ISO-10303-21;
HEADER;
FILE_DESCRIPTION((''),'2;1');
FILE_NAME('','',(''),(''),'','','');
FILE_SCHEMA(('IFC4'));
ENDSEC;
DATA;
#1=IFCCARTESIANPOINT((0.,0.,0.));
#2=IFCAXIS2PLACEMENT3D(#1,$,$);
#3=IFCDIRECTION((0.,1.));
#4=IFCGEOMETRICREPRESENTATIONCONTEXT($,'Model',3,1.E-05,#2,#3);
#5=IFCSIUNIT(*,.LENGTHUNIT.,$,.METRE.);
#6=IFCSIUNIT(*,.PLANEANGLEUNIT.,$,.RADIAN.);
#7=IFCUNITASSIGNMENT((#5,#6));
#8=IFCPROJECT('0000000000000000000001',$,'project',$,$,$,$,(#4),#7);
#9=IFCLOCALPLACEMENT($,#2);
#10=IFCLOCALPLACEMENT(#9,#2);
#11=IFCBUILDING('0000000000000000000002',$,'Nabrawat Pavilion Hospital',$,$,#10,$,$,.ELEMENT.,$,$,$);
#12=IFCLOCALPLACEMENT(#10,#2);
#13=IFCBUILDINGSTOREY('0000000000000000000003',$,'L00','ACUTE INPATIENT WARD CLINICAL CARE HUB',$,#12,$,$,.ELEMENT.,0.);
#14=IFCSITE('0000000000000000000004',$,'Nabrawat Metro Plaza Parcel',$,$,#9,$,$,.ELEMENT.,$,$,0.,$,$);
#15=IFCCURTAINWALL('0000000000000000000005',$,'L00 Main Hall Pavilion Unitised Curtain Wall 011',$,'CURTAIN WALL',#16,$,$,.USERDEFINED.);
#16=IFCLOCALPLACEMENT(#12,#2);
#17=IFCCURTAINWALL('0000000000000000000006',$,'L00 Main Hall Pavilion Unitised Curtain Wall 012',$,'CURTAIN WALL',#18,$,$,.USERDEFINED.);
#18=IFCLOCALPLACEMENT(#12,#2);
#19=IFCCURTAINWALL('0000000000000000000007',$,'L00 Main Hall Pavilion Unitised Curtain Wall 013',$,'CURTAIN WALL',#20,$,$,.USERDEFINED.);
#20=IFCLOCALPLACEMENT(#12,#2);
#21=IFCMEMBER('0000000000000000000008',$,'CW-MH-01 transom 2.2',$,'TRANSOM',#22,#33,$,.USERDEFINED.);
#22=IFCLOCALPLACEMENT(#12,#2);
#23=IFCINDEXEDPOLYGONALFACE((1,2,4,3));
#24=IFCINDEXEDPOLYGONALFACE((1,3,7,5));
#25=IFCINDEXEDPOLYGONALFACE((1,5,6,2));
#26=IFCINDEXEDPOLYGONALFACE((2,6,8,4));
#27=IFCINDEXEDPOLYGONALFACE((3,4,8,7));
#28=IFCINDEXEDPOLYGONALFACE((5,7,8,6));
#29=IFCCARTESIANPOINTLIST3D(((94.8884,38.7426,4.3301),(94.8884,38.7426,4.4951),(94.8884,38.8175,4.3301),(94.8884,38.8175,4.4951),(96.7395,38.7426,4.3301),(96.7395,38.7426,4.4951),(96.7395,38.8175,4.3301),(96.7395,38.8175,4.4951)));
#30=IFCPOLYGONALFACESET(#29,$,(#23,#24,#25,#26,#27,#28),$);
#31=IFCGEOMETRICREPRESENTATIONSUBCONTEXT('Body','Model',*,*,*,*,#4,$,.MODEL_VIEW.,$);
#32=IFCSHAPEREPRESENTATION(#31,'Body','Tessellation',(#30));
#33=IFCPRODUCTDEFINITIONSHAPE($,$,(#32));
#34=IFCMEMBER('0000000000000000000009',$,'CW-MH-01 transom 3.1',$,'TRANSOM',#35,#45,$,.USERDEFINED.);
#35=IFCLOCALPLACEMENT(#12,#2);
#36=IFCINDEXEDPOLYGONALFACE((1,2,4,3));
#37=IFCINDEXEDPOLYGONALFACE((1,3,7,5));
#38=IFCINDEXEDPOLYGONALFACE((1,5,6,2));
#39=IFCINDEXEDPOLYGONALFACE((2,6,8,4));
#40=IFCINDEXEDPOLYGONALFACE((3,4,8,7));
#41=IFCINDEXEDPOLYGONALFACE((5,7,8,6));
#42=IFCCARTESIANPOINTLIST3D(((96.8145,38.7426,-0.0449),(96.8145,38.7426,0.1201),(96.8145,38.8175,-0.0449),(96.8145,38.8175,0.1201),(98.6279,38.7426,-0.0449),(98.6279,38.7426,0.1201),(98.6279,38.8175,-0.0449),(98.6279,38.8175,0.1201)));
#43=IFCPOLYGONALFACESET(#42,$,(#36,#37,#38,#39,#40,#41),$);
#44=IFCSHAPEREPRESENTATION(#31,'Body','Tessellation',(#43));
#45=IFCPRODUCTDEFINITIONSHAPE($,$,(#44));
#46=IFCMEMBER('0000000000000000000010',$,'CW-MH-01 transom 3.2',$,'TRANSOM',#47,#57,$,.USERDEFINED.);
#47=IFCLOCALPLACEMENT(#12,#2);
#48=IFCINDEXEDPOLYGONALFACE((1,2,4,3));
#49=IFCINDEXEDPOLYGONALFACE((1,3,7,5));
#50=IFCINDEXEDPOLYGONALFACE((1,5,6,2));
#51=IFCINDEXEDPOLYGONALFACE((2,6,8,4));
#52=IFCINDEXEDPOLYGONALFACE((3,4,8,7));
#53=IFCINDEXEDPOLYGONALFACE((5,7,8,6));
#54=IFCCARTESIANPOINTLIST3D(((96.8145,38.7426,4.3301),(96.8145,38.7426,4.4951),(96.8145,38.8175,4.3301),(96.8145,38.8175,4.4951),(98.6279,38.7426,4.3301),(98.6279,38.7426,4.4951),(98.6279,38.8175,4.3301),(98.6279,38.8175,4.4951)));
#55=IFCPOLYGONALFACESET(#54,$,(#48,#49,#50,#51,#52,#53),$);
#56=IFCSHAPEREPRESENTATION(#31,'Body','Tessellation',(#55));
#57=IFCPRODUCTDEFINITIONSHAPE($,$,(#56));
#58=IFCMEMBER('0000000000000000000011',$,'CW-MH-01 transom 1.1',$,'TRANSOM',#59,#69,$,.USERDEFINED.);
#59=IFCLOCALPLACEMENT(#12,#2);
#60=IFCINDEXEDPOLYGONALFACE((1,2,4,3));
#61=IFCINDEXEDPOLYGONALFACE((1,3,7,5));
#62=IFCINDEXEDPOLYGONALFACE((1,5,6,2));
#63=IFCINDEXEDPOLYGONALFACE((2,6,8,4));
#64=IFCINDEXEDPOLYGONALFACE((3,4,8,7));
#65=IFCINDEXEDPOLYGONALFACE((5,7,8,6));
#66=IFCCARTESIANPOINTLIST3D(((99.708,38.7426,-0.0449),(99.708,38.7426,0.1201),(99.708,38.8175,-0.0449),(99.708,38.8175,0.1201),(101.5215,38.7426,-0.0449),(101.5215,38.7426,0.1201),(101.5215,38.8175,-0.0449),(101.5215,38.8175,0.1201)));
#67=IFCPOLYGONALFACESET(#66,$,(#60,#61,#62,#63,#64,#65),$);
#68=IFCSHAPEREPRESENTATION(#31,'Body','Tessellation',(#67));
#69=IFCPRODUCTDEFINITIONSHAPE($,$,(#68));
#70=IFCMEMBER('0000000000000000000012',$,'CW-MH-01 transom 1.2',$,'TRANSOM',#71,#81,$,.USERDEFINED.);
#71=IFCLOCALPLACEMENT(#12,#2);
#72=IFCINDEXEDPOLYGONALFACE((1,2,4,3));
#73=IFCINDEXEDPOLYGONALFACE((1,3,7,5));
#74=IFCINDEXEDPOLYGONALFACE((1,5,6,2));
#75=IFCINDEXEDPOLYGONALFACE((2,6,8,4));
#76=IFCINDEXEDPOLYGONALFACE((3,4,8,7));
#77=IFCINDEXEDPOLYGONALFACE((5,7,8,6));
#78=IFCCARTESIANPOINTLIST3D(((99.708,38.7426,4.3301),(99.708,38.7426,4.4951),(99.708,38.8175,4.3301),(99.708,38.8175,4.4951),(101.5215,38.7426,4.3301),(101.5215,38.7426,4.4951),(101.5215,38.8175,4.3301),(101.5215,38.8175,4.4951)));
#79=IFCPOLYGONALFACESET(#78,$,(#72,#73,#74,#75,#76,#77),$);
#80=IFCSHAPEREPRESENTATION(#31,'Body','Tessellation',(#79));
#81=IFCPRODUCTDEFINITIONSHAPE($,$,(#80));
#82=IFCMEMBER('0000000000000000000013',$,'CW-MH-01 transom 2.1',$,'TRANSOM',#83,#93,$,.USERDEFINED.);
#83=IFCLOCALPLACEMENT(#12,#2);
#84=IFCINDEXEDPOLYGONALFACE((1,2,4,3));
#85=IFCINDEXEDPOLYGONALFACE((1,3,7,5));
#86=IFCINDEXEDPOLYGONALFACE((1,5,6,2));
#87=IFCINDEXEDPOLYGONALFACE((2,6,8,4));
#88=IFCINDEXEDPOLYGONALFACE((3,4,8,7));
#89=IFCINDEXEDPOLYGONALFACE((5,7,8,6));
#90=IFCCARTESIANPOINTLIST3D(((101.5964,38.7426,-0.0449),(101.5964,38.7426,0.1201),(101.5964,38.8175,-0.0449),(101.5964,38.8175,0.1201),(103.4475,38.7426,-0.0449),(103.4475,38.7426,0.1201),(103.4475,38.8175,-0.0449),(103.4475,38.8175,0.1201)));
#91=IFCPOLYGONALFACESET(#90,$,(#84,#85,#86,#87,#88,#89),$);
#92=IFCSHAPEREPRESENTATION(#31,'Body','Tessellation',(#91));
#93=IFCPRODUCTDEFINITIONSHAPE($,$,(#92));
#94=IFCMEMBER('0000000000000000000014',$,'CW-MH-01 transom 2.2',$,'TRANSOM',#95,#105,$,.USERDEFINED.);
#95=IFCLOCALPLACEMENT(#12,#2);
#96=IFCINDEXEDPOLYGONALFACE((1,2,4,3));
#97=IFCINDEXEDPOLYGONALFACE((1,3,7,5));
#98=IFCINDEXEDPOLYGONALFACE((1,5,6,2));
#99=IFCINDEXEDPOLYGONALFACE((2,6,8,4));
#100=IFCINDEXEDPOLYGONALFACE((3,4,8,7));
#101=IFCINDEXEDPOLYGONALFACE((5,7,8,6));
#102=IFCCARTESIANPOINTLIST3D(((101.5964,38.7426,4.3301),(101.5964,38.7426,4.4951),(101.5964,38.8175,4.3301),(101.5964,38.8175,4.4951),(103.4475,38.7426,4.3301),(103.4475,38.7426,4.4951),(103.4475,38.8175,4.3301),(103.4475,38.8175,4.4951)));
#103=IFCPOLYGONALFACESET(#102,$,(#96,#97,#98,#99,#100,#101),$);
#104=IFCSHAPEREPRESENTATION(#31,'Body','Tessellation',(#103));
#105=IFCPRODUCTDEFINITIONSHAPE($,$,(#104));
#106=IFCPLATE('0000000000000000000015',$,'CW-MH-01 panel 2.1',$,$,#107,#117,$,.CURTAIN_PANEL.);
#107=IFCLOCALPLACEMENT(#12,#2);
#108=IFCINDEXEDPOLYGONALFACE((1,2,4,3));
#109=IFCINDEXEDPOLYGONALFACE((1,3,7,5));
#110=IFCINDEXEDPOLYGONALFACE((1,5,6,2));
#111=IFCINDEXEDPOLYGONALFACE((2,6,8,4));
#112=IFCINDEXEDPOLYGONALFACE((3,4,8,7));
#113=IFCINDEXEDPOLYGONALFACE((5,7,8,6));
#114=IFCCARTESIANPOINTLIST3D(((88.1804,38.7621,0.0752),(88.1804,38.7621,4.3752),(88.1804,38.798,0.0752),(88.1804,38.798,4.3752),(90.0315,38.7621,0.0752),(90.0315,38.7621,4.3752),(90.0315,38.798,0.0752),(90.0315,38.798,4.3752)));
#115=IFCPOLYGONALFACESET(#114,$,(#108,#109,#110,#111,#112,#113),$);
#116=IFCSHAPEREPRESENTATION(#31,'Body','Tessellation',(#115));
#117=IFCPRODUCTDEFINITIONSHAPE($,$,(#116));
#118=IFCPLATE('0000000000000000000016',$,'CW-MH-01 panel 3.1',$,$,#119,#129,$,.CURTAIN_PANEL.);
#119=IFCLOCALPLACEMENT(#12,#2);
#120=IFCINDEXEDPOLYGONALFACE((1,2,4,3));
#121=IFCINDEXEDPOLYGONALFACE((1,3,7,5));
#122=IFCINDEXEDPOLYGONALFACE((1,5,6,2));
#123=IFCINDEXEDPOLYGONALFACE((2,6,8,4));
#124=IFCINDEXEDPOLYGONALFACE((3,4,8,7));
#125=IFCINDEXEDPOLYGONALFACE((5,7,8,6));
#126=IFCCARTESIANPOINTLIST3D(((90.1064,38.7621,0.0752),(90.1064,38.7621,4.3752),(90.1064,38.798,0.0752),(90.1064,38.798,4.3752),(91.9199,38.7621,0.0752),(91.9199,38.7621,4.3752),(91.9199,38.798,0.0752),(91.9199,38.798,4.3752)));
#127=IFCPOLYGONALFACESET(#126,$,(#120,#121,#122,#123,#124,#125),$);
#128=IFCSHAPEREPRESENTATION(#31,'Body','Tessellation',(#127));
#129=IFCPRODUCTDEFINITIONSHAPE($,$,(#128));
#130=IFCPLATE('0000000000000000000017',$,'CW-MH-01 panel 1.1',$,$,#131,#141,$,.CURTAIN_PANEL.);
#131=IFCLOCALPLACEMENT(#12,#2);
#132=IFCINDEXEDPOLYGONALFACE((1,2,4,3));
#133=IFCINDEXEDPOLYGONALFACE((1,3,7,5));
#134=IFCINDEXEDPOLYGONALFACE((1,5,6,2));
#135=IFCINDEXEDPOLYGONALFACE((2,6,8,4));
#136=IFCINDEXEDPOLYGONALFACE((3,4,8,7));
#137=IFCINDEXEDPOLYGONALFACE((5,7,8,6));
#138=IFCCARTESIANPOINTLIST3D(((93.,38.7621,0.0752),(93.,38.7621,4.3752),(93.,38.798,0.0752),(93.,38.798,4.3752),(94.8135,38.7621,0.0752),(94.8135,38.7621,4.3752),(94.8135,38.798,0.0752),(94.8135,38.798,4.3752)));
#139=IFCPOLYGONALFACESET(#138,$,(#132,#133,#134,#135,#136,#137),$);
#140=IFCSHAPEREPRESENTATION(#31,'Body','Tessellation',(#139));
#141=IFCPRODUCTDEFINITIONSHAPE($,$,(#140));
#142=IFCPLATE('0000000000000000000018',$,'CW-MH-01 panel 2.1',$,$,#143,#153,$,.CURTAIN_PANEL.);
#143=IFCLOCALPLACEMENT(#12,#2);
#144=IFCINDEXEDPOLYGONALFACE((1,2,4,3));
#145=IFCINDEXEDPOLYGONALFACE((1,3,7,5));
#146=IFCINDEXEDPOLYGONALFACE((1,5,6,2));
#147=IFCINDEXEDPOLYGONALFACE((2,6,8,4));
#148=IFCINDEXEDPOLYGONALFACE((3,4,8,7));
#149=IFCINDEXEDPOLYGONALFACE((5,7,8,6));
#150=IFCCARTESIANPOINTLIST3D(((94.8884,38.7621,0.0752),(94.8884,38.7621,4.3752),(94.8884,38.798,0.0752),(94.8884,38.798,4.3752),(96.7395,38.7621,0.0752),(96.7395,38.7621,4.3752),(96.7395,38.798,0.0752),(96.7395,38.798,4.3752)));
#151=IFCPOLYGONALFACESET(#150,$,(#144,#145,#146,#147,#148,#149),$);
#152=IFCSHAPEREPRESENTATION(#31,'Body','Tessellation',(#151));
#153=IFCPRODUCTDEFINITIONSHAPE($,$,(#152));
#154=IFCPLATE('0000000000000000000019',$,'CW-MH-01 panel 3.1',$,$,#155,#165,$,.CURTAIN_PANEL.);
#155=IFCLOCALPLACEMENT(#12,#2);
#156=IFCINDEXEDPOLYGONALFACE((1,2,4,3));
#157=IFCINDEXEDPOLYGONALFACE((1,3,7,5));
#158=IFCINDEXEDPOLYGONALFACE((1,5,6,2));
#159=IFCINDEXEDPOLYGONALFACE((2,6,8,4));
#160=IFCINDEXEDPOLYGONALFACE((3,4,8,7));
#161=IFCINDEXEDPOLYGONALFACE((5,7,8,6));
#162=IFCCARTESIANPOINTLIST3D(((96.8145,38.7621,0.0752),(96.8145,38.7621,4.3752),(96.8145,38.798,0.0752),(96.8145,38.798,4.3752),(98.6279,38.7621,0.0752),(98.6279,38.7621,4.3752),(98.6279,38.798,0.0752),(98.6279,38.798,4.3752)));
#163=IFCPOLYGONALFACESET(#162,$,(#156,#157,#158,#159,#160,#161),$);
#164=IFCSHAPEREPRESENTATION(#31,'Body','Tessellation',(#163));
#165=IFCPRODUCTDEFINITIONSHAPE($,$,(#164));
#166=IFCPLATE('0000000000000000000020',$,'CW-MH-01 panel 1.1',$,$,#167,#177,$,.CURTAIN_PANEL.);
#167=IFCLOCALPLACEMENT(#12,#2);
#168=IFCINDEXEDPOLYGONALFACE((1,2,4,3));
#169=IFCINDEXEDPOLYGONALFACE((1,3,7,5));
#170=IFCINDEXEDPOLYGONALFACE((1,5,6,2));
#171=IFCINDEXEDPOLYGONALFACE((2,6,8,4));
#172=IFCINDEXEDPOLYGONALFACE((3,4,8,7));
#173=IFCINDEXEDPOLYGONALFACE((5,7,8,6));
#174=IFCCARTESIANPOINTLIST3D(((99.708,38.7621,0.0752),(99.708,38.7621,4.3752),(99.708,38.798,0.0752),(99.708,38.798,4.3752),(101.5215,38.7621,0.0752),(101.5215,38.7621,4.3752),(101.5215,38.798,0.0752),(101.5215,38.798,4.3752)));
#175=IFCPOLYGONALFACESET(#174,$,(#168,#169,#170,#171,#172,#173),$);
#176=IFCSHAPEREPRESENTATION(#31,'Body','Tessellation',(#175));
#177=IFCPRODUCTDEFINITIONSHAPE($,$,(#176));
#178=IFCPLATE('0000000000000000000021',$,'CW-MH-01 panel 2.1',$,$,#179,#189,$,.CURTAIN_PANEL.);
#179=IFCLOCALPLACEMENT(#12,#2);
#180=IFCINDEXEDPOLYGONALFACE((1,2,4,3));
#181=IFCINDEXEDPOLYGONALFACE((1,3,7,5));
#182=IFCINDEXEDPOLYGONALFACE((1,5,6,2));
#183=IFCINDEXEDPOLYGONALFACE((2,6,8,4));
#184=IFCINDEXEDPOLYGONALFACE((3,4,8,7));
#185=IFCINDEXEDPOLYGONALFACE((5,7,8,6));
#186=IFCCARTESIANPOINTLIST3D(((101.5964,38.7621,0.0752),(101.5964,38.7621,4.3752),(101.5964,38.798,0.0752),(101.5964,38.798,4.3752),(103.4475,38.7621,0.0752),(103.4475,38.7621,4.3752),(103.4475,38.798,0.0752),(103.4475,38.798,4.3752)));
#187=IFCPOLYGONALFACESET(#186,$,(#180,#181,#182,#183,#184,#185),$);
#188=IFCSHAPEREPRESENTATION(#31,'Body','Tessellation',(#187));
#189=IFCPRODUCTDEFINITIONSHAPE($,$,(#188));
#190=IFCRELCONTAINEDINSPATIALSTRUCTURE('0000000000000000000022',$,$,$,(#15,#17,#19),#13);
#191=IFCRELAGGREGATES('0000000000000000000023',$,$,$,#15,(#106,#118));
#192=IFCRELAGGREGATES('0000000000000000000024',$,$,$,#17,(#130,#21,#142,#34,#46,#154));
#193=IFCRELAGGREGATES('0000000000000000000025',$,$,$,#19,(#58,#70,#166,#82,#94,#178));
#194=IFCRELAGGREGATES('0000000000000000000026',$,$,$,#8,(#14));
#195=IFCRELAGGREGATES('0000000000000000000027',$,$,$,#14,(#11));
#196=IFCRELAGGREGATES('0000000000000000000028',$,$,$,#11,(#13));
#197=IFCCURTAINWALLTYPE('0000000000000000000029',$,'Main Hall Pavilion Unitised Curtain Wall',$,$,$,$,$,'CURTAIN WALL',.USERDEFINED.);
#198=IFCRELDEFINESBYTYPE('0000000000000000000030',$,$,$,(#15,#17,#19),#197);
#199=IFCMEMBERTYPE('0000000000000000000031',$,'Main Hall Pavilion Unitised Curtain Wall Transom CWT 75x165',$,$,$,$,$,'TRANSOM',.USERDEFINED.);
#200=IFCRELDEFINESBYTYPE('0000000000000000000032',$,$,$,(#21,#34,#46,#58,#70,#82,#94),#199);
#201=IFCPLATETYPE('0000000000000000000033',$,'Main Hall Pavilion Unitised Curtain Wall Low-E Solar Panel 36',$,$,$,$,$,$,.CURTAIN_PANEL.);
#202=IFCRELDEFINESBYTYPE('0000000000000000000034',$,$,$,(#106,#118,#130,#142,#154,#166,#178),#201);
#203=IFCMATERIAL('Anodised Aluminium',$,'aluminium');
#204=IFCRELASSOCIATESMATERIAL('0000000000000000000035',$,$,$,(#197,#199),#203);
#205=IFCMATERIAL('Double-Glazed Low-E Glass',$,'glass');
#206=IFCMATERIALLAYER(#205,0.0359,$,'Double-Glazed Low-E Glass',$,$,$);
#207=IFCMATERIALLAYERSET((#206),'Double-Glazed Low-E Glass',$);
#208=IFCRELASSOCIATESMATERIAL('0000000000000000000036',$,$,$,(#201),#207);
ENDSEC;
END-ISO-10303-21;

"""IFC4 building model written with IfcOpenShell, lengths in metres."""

from ifc_helpers import new_model, si_unit, direction, frame, origin, origin_2d, place, context, subcontext, project, spatial, rectangle, extrude, material, layer, layer_set, material_profile, profile_set, type_object, element, aggregate, save


model = new_model("IFC4")

# Units and contexts
model_context = context("Model", 3, precision=1e-05, world=origin(), true_north=direction((0.0, 1.0)))
body_context = subcontext(model_context, "Body", "Model", "MODEL_VIEW")
ifc_project = project(units=[si_unit("LENGTHUNIT", "METRE"), si_unit("PLANEANGLEUNIT", "RADIAN")], contexts=[model_context])

# Site, building, storey
site_placement = place(None, origin())
site = spatial("IfcSite", under=ifc_project, at=site_placement, Name="Nabrawat Metro Plaza Parcel", CompositionType="ELEMENT", RefElevation=0.0)
building_placement = place(site_placement, origin())
building = spatial("IfcBuilding", under=site, at=building_placement, Name="Nabrawat Pavilion Hospital", CompositionType="ELEMENT")
storey_placement = place(building_placement, origin())
storey = spatial("IfcBuildingStorey", under=building, at=storey_placement, Name="L00", Description="ACUTE INPATIENT WARD CLINICAL CARE HUB", CompositionType="ELEMENT", Elevation=0.0)

# Curtain walls
ifc_material_1 = material(Name="Anodised Aluminium", Category="aluminium")
curtain_wall_type = type_object("IfcCurtainWallType", Name="Main Hall Pavilion Unitised Curtain Wall", ElementType="CURTAIN WALL", PredefinedType="USERDEFINED", material=ifc_material_1)
curtain_wall_1_placement = place(storey_placement, origin())
curtain_wall_1 = element("IfcCurtainWall", 1, at=curtain_wall_1_placement, inside=storey, type_object=curtain_wall_type, Name="L00 Main Hall Pavilion Unitised Curtain Wall 011", ObjectType="CURTAIN WALL", PredefinedType="USERDEFINED")
curtain_wall_2_placement = place(storey_placement, origin())
curtain_wall_2 = element("IfcCurtainWall", 2, at=curtain_wall_2_placement, inside=storey, type_object=curtain_wall_type, Name="L00 Main Hall Pavilion Unitised Curtain Wall 012", ObjectType="CURTAIN WALL", PredefinedType="USERDEFINED")
curtain_wall_3_placement = place(storey_placement, origin())
curtain_wall_3 = element("IfcCurtainWall", 3, at=curtain_wall_3_placement, inside=storey, type_object=curtain_wall_type, Name="L00 Main Hall Pavilion Unitised Curtain Wall 013", ObjectType="CURTAIN WALL", PredefinedType="USERDEFINED")

# Members
ifc_material_profile_1 = material_profile(ifc_material_1, rectangle(XDim=0.075, YDim=0.165, at=origin_2d()), Name="CWT 75x165")
ifc_profile_set_1 = profile_set([ifc_material_profile_1], Name="Anodised Aluminium")
member_type_1 = type_object("IfcMemberType", Name="Main Hall Pavilion Unitised Curtain Wall Transom CWT 75x165", ElementType="TRANSOM", PredefinedType="USERDEFINED", material=ifc_profile_set_1)
member_1_placement = place(storey_placement, frame((94.8884, 38.78, 4.4126), z_axis=(1.0, 0.0, 0.0), x_axis=(0.0, 1.0, 0.0)))
member_1 = element("IfcMember", 4, at=member_1_placement, type_object=member_type_1, Name="CW-MH-01 transom 2.2", ObjectType="TRANSOM", PredefinedType="USERDEFINED", context=body_context, shape_type="SweptSolid", body=[
    extrude(rectangle(XDim=0.075, YDim=0.165, at=origin_2d()), origin(), (0.0, 0.0, 1.0), 1.8511),
])
member_2_placement = place(storey_placement, frame((96.8145, 38.78, 0.0376), z_axis=(1.0, 0.0, 0.0), x_axis=(0.0, 1.0, 0.0)))
member_2 = element("IfcMember", 5, at=member_2_placement, type_object=member_type_1, Name="CW-MH-01 transom 3.1", ObjectType="TRANSOM", PredefinedType="USERDEFINED", context=body_context, shape_type="SweptSolid", body=[
    extrude(rectangle(XDim=0.075, YDim=0.165, at=origin_2d()), origin(), (0.0, 0.0, 1.0), 1.8135),
])
member_3_placement = place(storey_placement, frame((96.8145, 38.78, 4.4126), z_axis=(1.0, 0.0, 0.0), x_axis=(0.0, 1.0, 0.0)))
member_3 = element("IfcMember", 6, at=member_3_placement, type_object=member_type_1, Name="CW-MH-01 transom 3.2", ObjectType="TRANSOM", PredefinedType="USERDEFINED", context=body_context, shape_type="SweptSolid", body=[
    extrude(rectangle(XDim=0.075, YDim=0.165, at=origin_2d()), origin(), (0.0, 0.0, 1.0), 1.8135),
])
member_4_placement = place(storey_placement, frame((99.708, 38.78, 0.0376), z_axis=(1.0, 0.0, 0.0), x_axis=(0.0, 1.0, 0.0)))
member_4 = element("IfcMember", 7, at=member_4_placement, type_object=member_type_1, Name="CW-MH-01 transom 1.1", ObjectType="TRANSOM", PredefinedType="USERDEFINED", context=body_context, shape_type="SweptSolid", body=[
    extrude(rectangle(XDim=0.075, YDim=0.165, at=origin_2d()), origin(), (0.0, 0.0, 1.0), 1.8135),
])
member_5_placement = place(storey_placement, frame((99.708, 38.78, 4.4126), z_axis=(1.0, 0.0, 0.0), x_axis=(0.0, 1.0, 0.0)))
member_5 = element("IfcMember", 8, at=member_5_placement, type_object=member_type_1, Name="CW-MH-01 transom 1.2", ObjectType="TRANSOM", PredefinedType="USERDEFINED", context=body_context, shape_type="SweptSolid", body=[
    extrude(rectangle(XDim=0.075, YDim=0.165, at=origin_2d()), origin(), (0.0, 0.0, 1.0), 1.8135),
])
member_6_placement = place(storey_placement, frame((101.5964, 38.78, 0.0376), z_axis=(1.0, 0.0, 0.0), x_axis=(0.0, 1.0, 0.0)))
member_6 = element("IfcMember", 9, at=member_6_placement, type_object=member_type_1, Name="CW-MH-01 transom 2.1", ObjectType="TRANSOM", PredefinedType="USERDEFINED", context=body_context, shape_type="SweptSolid", body=[
    extrude(rectangle(XDim=0.075, YDim=0.165, at=origin_2d()), origin(), (0.0, 0.0, 1.0), 1.8511),
])
member_7_placement = place(storey_placement, frame((101.5964, 38.78, 4.4126), z_axis=(1.0, 0.0, 0.0), x_axis=(0.0, 1.0, 0.0)))
member_7 = element("IfcMember", 10, at=member_7_placement, type_object=member_type_1, Name="CW-MH-01 transom 2.2", ObjectType="TRANSOM", PredefinedType="USERDEFINED", context=body_context, shape_type="SweptSolid", body=[
    extrude(rectangle(XDim=0.075, YDim=0.165, at=origin_2d()), origin(), (0.0, 0.0, 1.0), 1.8511),
])

# Plates
ifc_material_2 = material(Name="Double-Glazed Low-E Glass", Category="glass")
ifc_layer = layer(ifc_material_2, 0.0359, Name="Double-Glazed Low-E Glass")
ifc_layer_set = layer_set([ifc_layer], Name="Double-Glazed Low-E Glass")
plate_type = type_object("IfcPlateType", Name="Main Hall Pavilion Unitised Curtain Wall Low-E Solar Panel 36", PredefinedType="CURTAIN_PANEL", material=ifc_layer_set)
plate_1_placement = place(storey_placement, frame((89.106, 38.78, 0.0752), z_axis=(0.0, 0.0, 1.0), x_axis=(1.0, 0.0, 0.0)))
plate_1 = element("IfcPlate", 11, at=plate_1_placement, type_object=plate_type, Name="CW-MH-01 panel 2.1", PredefinedType="CURTAIN_PANEL", context=body_context, shape_type="SweptSolid", body=[
    extrude(rectangle(XDim=1.8511, YDim=0.0359, at=origin_2d()), origin(), (0.0, 0.0, 1.0), 4.3),
])
plate_2_placement = place(storey_placement, frame((91.0132, 38.78, 0.0752), z_axis=(0.0, 0.0, 1.0), x_axis=(1.0, 0.0, 0.0)))
plate_2 = element("IfcPlate", 12, at=plate_2_placement, type_object=plate_type, Name="CW-MH-01 panel 3.1", PredefinedType="CURTAIN_PANEL", context=body_context, shape_type="SweptSolid", body=[
    extrude(rectangle(XDim=1.8135, YDim=0.0359, at=origin_2d()), origin(), (0.0, 0.0, 1.0), 4.3),
])
aggregate(curtain_wall_1, [plate_1, plate_2])
plate_3_placement = place(storey_placement, frame((93.9067, 38.78, 0.0752), z_axis=(0.0, 0.0, 1.0), x_axis=(1.0, 0.0, 0.0)))
plate_3 = element("IfcPlate", 13, at=plate_3_placement, type_object=plate_type, Name="CW-MH-01 panel 1.1", PredefinedType="CURTAIN_PANEL", context=body_context, shape_type="SweptSolid", body=[
    extrude(rectangle(XDim=1.8135, YDim=0.0359, at=origin_2d()), origin(), (0.0, 0.0, 1.0), 4.3),
])
plate_4_placement = place(storey_placement, frame((95.814, 38.78, 0.0752), z_axis=(0.0, 0.0, 1.0), x_axis=(1.0, 0.0, 0.0)))
plate_4 = element("IfcPlate", 14, at=plate_4_placement, type_object=plate_type, Name="CW-MH-01 panel 2.1", PredefinedType="CURTAIN_PANEL", context=body_context, shape_type="SweptSolid", body=[
    extrude(rectangle(XDim=1.8511, YDim=0.0359, at=origin_2d()), origin(), (0.0, 0.0, 1.0), 4.3),
])
plate_5_placement = place(storey_placement, frame((97.7212, 38.78, 0.0752), z_axis=(0.0, 0.0, 1.0), x_axis=(1.0, 0.0, 0.0)))
plate_5 = element("IfcPlate", 15, at=plate_5_placement, type_object=plate_type, Name="CW-MH-01 panel 3.1", PredefinedType="CURTAIN_PANEL", context=body_context, shape_type="SweptSolid", body=[
    extrude(rectangle(XDim=1.8135, YDim=0.0359, at=origin_2d()), origin(), (0.0, 0.0, 1.0), 4.3),
])
aggregate(curtain_wall_2, [plate_3, member_1, plate_4, member_2, member_3, plate_5])
plate_6_placement = place(storey_placement, frame((100.6147, 38.78, 0.0752), z_axis=(0.0, 0.0, 1.0), x_axis=(1.0, 0.0, 0.0)))
plate_6 = element("IfcPlate", 16, at=plate_6_placement, type_object=plate_type, Name="CW-MH-01 panel 1.1", PredefinedType="CURTAIN_PANEL", context=body_context, shape_type="SweptSolid", body=[
    extrude(rectangle(XDim=1.8135, YDim=0.0359, at=origin_2d()), origin(), (0.0, 0.0, 1.0), 4.3),
])
plate_7_placement = place(storey_placement, frame((102.522, 38.78, 0.0752), z_axis=(0.0, 0.0, 1.0), x_axis=(1.0, 0.0, 0.0)))
plate_7 = element("IfcPlate", 17, at=plate_7_placement, type_object=plate_type, Name="CW-MH-01 panel 2.1", PredefinedType="CURTAIN_PANEL", context=body_context, shape_type="SweptSolid", body=[
    extrude(rectangle(XDim=1.8511, YDim=0.0359, at=origin_2d()), origin(), (0.0, 0.0, 1.0), 4.3),
])
aggregate(curtain_wall_3, [member_4, member_5, plate_6, member_6, member_7, plate_7])

save(model, "model.ifc")
